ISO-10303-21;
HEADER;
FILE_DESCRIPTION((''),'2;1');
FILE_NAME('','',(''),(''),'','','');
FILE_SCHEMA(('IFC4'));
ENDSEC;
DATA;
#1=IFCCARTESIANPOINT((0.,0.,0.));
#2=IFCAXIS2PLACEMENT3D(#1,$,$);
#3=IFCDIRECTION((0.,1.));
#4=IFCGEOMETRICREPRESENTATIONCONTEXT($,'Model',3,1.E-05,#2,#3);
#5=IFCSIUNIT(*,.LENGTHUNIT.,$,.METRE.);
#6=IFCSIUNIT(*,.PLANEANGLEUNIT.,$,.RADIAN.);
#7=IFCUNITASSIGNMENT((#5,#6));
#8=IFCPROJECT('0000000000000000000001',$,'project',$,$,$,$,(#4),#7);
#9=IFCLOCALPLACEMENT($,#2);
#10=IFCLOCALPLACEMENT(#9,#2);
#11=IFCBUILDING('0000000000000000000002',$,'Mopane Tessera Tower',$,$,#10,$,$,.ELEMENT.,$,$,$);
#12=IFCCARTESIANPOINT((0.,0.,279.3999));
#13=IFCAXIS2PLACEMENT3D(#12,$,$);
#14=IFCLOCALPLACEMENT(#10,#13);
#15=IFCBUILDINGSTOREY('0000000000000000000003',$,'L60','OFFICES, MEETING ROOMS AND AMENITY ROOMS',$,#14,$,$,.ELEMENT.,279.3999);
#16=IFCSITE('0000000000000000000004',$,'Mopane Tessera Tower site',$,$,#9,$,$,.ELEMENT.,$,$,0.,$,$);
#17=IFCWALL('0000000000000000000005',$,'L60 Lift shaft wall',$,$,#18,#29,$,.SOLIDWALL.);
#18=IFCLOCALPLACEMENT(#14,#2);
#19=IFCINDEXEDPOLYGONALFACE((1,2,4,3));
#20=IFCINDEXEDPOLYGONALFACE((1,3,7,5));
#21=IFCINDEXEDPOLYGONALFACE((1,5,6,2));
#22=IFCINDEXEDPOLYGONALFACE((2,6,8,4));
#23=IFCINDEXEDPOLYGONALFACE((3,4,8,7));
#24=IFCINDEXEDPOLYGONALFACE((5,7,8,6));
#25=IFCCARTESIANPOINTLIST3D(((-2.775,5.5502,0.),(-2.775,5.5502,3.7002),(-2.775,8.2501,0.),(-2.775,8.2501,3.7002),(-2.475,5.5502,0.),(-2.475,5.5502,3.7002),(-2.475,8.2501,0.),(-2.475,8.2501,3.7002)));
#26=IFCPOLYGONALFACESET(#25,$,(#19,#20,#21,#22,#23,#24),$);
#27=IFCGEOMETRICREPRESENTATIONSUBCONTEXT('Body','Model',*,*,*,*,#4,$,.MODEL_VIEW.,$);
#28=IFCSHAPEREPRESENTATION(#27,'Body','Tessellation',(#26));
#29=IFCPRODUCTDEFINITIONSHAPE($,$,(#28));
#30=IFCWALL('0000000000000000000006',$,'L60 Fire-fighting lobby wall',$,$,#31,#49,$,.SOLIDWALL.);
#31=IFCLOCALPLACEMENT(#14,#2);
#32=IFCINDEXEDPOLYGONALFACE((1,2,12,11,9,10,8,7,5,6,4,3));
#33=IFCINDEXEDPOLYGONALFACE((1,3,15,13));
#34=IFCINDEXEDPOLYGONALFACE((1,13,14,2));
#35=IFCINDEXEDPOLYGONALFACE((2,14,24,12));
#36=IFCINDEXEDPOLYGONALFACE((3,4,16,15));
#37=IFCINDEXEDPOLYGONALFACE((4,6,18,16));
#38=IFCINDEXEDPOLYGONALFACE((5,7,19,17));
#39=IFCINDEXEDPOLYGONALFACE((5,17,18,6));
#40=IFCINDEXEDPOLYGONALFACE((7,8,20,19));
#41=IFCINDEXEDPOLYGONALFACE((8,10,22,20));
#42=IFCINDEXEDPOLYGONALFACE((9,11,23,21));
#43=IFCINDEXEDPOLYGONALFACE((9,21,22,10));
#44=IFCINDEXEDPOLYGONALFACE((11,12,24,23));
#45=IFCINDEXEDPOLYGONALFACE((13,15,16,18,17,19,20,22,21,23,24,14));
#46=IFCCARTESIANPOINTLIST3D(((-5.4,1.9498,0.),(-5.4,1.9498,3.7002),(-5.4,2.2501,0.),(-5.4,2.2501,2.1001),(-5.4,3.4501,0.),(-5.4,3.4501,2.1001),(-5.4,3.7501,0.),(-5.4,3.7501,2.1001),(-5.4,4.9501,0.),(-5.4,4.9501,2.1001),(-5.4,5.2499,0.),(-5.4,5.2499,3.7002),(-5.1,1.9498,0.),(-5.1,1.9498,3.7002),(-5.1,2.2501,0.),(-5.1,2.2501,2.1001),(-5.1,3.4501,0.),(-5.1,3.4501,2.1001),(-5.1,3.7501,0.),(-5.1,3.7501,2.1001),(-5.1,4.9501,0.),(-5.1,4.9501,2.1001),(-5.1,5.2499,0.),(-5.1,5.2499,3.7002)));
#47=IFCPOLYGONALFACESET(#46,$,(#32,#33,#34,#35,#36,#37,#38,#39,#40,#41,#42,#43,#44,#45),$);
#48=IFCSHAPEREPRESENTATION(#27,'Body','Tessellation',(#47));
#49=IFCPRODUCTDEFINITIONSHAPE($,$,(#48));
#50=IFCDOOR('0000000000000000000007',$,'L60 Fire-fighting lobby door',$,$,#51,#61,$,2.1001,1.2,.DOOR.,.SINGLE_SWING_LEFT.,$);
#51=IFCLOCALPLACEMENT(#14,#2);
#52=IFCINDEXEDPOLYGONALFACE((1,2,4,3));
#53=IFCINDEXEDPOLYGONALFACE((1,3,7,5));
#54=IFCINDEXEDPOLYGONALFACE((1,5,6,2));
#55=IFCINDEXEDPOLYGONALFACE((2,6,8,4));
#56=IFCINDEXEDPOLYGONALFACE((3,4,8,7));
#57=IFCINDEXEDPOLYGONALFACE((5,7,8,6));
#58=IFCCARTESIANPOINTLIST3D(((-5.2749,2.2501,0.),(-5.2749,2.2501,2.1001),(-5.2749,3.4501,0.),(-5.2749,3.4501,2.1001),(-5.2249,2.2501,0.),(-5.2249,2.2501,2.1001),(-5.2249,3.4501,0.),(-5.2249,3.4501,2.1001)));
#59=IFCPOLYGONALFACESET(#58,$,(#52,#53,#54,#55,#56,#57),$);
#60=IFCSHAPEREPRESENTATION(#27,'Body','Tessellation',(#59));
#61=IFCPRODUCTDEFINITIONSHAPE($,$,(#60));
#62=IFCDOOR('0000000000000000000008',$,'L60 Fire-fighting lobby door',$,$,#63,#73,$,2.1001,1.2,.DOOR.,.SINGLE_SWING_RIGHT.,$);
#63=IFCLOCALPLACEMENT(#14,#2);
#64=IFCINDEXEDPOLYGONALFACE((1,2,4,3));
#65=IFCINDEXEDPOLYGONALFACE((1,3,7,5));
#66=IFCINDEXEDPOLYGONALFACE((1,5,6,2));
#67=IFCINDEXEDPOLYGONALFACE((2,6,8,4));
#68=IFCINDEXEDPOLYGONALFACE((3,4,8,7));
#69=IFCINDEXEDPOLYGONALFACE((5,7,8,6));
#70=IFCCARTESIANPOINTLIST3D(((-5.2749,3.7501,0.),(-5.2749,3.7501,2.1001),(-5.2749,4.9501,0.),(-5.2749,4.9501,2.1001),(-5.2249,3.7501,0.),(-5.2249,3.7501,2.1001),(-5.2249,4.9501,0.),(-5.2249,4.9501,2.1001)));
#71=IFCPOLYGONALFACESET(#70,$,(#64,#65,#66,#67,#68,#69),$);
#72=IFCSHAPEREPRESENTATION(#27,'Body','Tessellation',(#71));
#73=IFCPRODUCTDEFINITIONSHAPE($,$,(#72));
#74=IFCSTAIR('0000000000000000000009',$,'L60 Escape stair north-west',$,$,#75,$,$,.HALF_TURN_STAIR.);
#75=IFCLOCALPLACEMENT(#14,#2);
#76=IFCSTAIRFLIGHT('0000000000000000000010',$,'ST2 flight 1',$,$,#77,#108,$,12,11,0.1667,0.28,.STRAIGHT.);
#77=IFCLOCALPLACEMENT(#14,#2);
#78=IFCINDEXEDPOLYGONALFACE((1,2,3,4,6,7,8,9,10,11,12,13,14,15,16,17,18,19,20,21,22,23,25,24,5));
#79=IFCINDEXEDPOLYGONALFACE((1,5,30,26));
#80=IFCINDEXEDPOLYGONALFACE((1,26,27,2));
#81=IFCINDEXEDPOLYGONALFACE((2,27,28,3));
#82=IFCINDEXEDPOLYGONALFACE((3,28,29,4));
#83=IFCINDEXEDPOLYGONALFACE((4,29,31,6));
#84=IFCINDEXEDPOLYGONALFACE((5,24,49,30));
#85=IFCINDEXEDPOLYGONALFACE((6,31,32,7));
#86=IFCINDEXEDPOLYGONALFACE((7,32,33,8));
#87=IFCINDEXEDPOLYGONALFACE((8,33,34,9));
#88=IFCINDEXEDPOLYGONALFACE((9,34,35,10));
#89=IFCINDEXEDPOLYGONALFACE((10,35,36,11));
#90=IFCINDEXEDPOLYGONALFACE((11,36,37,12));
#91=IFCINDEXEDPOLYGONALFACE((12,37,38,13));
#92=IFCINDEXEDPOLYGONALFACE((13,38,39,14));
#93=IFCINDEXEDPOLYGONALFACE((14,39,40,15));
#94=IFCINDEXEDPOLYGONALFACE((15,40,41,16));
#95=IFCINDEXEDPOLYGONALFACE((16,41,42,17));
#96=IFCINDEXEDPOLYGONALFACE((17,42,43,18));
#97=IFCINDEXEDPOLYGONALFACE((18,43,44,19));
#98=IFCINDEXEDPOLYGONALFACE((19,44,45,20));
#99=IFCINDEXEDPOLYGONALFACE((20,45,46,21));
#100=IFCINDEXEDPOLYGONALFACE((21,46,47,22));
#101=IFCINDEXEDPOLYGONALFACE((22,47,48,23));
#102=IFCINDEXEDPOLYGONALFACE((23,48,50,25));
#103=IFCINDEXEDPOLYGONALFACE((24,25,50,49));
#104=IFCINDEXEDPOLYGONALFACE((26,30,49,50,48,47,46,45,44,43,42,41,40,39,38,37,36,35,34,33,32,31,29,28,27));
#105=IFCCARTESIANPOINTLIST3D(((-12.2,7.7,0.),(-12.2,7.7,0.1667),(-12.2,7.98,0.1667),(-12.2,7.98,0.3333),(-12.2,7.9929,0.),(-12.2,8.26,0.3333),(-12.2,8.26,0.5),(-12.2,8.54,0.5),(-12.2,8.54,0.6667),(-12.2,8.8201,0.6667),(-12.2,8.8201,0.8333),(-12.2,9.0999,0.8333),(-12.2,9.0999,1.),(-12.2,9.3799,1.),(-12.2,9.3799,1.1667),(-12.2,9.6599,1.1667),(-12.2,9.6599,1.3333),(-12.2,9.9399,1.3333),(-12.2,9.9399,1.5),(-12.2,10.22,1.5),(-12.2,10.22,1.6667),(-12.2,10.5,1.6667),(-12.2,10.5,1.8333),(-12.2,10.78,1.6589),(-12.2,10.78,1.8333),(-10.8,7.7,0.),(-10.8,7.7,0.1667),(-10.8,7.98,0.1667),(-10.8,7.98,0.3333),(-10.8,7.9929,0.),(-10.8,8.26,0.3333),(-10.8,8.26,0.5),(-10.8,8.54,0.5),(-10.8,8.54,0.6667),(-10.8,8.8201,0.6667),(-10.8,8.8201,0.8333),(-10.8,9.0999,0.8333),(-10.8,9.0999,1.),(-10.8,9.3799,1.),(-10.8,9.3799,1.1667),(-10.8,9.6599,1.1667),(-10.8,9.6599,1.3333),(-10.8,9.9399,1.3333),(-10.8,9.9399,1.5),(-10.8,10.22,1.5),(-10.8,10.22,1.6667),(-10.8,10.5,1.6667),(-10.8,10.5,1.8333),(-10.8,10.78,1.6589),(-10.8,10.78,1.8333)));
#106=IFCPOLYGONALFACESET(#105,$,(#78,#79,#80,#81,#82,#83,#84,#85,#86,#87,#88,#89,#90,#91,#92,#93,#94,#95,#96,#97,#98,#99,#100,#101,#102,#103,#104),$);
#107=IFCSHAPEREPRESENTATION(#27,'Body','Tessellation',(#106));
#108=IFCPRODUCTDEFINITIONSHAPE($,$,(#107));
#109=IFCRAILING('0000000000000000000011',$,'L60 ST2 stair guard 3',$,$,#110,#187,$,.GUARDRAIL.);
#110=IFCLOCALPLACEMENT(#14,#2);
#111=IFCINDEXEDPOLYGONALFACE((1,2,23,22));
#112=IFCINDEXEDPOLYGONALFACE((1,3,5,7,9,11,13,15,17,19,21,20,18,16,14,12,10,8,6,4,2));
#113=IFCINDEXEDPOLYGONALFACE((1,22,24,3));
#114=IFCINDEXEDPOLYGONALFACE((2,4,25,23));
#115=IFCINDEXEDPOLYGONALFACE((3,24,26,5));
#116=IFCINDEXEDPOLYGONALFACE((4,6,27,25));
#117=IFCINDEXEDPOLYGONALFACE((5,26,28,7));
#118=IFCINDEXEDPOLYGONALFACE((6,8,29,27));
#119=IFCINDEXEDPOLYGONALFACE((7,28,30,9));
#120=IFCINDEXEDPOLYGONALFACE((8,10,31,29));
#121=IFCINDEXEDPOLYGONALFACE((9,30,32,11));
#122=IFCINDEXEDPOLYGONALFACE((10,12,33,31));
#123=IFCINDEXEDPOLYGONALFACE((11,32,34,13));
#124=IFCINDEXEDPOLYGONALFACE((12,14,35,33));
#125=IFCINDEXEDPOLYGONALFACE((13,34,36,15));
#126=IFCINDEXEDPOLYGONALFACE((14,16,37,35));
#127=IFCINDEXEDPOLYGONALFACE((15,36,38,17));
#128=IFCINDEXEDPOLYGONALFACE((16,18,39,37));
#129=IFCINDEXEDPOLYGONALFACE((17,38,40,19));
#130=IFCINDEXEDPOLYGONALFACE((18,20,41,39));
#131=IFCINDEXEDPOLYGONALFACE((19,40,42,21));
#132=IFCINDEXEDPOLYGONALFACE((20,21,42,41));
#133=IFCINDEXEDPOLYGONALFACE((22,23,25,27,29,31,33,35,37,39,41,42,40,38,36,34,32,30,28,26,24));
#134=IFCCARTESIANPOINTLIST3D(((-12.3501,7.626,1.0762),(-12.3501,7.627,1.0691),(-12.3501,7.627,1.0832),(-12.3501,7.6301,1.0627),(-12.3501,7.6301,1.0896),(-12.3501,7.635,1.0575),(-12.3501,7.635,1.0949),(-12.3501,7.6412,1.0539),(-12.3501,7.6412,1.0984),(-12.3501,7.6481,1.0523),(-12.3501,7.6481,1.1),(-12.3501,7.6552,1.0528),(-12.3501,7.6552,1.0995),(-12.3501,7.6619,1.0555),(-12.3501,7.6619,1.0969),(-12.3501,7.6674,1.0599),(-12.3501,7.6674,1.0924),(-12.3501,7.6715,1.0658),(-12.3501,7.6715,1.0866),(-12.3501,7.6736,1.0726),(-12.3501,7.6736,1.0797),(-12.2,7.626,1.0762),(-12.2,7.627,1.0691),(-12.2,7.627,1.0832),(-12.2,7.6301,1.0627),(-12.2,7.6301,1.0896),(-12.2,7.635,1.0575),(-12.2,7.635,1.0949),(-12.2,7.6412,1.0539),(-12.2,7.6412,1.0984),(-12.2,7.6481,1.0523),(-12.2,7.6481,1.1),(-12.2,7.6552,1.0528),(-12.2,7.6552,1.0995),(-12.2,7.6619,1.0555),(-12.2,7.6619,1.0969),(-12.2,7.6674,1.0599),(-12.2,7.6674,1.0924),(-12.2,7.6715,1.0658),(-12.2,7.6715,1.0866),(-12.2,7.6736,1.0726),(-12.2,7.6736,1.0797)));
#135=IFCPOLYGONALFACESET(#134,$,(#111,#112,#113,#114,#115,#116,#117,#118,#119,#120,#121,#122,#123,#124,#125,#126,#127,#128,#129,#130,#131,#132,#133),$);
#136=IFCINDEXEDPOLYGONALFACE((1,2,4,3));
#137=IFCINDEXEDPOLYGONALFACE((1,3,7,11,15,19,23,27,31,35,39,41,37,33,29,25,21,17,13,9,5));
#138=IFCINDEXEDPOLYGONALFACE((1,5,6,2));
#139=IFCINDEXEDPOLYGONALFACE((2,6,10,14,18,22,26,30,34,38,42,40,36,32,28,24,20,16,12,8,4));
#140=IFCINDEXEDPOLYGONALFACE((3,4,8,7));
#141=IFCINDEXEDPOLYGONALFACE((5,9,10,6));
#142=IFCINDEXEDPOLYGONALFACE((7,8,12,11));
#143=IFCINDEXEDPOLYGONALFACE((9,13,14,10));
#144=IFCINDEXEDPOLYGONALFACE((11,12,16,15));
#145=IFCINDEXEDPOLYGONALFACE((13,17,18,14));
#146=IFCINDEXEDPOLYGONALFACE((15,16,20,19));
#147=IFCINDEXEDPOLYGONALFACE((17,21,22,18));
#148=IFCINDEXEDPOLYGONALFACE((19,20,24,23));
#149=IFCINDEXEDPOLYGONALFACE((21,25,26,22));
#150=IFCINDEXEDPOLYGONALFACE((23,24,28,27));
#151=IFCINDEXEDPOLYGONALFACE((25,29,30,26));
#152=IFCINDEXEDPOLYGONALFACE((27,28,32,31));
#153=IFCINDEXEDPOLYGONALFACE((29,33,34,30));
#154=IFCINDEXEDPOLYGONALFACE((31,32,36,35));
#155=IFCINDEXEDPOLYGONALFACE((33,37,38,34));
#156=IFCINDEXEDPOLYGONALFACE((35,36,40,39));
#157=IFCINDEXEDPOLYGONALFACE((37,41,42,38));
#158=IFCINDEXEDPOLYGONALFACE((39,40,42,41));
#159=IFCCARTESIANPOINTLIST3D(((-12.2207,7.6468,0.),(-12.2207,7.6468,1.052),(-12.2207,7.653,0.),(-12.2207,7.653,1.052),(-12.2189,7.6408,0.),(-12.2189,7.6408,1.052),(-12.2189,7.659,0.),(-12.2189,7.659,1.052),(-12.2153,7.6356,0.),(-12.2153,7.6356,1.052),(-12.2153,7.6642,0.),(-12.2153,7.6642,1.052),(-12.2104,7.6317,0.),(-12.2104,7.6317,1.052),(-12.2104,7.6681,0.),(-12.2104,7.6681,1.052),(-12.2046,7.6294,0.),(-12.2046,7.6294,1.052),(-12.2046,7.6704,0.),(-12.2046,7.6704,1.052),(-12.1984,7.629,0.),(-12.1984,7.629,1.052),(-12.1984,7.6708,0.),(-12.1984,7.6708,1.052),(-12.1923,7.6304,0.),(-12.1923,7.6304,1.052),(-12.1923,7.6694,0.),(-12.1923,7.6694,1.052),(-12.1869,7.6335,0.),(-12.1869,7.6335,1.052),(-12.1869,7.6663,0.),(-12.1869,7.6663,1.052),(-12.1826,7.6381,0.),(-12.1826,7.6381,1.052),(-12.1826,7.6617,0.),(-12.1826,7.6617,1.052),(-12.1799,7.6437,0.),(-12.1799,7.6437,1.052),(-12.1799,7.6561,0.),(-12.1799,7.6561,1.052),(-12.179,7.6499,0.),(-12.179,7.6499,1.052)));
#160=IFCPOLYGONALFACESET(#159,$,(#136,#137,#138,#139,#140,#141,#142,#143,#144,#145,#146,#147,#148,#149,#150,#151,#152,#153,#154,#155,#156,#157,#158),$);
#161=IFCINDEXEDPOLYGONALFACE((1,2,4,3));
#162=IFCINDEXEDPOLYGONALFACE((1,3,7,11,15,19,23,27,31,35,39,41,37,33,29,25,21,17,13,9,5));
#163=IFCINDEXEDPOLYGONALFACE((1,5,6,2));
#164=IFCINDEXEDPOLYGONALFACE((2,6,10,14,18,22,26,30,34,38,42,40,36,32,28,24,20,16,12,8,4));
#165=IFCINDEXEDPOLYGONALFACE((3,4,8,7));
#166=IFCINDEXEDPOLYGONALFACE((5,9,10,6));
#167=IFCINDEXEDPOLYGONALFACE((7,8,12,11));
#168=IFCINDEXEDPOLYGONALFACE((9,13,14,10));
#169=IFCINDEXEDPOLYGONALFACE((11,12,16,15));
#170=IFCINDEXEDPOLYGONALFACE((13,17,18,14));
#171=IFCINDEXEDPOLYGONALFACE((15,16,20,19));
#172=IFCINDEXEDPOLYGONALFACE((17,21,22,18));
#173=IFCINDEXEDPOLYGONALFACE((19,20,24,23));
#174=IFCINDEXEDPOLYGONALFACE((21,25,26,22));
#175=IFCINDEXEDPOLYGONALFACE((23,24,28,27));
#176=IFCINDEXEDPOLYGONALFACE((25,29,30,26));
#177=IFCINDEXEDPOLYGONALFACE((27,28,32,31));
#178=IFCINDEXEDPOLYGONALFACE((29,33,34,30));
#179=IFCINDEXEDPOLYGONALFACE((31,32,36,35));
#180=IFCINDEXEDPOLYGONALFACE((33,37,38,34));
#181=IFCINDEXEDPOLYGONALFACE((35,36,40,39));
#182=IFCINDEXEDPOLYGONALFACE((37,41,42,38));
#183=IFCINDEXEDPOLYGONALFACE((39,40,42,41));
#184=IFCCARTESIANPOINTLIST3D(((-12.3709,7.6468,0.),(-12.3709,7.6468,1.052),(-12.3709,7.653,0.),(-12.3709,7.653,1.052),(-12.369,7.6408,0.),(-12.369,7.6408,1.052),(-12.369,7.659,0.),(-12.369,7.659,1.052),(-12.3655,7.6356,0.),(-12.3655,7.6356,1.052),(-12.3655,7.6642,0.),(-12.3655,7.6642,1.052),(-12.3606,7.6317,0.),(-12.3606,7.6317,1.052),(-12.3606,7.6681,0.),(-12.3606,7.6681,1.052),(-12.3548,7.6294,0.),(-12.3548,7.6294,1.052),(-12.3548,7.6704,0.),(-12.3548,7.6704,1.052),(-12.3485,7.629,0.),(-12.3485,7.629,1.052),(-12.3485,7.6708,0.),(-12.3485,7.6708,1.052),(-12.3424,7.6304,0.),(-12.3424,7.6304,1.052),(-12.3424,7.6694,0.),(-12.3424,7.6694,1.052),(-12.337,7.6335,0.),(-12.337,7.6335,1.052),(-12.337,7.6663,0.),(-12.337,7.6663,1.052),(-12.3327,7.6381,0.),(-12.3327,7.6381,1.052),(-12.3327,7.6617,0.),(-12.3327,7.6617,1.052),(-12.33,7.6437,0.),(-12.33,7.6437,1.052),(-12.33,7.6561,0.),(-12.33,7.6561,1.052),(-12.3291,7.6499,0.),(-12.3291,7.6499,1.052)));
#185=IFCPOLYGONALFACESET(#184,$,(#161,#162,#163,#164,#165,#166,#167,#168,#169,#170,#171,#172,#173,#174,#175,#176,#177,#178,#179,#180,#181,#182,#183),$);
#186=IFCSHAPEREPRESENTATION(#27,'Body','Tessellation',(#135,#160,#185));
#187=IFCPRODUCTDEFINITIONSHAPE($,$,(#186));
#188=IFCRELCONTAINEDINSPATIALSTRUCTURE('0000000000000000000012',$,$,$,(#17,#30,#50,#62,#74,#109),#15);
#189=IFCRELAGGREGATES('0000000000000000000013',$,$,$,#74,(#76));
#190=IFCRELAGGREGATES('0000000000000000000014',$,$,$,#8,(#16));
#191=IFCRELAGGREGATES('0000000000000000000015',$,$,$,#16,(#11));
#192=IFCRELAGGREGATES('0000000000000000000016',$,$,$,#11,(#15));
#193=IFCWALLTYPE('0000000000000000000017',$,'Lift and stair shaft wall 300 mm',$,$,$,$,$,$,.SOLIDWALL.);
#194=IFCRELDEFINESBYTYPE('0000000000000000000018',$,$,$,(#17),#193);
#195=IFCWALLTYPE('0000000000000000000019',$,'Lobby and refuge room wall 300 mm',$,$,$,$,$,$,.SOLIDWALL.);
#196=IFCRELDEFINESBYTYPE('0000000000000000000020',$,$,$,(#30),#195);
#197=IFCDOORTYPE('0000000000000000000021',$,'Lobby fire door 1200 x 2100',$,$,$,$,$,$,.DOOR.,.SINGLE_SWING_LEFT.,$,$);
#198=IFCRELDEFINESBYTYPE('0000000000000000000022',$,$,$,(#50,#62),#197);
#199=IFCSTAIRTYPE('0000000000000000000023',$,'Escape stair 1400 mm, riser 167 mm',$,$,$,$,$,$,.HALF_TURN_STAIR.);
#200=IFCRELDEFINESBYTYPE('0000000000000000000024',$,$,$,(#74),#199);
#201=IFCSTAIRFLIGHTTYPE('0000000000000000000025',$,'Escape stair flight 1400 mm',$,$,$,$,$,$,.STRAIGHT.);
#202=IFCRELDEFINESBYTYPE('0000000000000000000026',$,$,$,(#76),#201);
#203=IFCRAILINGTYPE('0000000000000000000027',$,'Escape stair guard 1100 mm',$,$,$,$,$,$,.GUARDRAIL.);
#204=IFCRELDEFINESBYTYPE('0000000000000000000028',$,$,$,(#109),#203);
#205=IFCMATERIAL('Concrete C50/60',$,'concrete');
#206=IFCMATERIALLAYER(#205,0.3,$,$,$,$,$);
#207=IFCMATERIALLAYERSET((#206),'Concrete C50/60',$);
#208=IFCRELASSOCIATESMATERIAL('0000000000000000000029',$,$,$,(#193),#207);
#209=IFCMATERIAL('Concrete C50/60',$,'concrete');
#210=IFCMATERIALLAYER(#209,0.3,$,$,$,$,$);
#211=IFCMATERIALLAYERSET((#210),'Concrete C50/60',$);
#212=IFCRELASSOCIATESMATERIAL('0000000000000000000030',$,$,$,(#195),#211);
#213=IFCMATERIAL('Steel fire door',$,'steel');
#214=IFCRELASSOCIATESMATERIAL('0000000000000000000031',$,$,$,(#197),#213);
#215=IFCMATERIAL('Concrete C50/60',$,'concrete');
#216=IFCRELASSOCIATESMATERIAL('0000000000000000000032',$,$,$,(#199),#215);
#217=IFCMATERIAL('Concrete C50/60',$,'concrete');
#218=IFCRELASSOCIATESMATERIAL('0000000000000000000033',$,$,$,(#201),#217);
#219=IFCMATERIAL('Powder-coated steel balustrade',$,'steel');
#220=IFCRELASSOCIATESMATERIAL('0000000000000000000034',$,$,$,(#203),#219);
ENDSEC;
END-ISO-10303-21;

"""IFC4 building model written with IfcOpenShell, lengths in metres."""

from ifc_helpers import new_model, si_unit, direction, frame, frame_2d, origin, origin_2d, place, context, subcontext, project, spatial, polyline, rectangle, circle, outline, extrude, material, layer, layer_set, type_object, element, fill, aggregate, save


model = new_model("IFC4")

# Units and contexts
model_context = context("Model", 3, precision=1e-05, world=origin(), true_north=direction((0.0, 1.0)))
body_context = subcontext(model_context, "Body", "Model", "MODEL_VIEW")
ifc_project = project(units=[si_unit("LENGTHUNIT", "METRE"), si_unit("PLANEANGLEUNIT", "RADIAN")], contexts=[model_context])

# Site, building, storey
site_placement = place(None, origin())
site = spatial("IfcSite", under=ifc_project, at=site_placement, Name="Mopane Tessera Tower site", CompositionType="ELEMENT", RefElevation=0.0)
building_placement = place(site_placement, origin())
building = spatial("IfcBuilding", under=site, at=building_placement, Name="Mopane Tessera Tower", CompositionType="ELEMENT")
storey_placement = place(building_placement, frame((0.0, 0.0, 279.3999)))
storey = spatial("IfcBuildingStorey", under=building, at=storey_placement, Name="L60", Description="OFFICES, MEETING ROOMS AND AMENITY ROOMS", CompositionType="ELEMENT", Elevation=279.3999)

# Shared definitions
ifc_material_1 = material(Name="Concrete C50/60", Category="concrete")
ifc_layer_1 = layer(ifc_material_1, 0.3)
ifc_layer_set_1 = layer_set([ifc_layer_1], Name="Concrete C50/60")
wall_type_1 = type_object("IfcWallType", Name="Lift and stair shaft wall 300 mm", PredefinedType="SOLIDWALL", material=ifc_layer_set_1)

# Wall
for number, where, z_axis, x_axis, name in (
    (1, (-2.625, 5.55, 0.0), (0.0, 0.0, 1.0), (0.0, 1.0, 0.0), "L60 Lift shaft wall"),
):
    element("IfcWall", number, at=place(storey_placement, frame(where, z_axis=z_axis, x_axis=x_axis)), inside=storey, type_object=wall_type_1, Name=name, PredefinedType="SOLIDWALL", context=body_context, shape_type="SweptSolid", body=[
        extrude(rectangle(XDim=2.7, YDim=0.3, at=frame_2d((1.3501, 0.0))), origin(), (0.0, 0.0, 1.0), 3.7002),
    ])

# Wall, openings, doors
ifc_material_2 = material(Name="Concrete C50/60", Category="concrete")
ifc_layer_2 = layer(ifc_material_2, 0.3)
ifc_layer_set_2 = layer_set([ifc_layer_2], Name="Concrete C50/60")
wall_type_2 = type_object("IfcWallType", Name="Lobby and refuge room wall 300 mm", PredefinedType="SOLIDWALL", material=ifc_layer_set_2)
wall_1_placement = place(storey_placement, frame((-5.25, 1.95, 0.0), z_axis=(0.0, 0.0, 1.0), x_axis=(0.0, 1.0, 0.0)))
wall_1 = element("IfcWall", 2, at=wall_1_placement, inside=storey, type_object=wall_type_2, Name="L60 Fire-fighting lobby wall", PredefinedType="SOLIDWALL", context=body_context, shape_type="SweptSolid", body=[
    extrude(rectangle(XDim=3.3, YDim=0.3, at=frame_2d((1.6499, 0.0))), origin(), (0.0, 0.0, 1.0), 3.7002),
])
opening_1_placement = place(wall_1_placement, frame((0.3, 0.0, 0.0)))
opening_1 = element("IfcOpeningElement", 3, at=opening_1_placement, cuts=wall_1, PredefinedType="OPENING", context=body_context, shape_type="SweptSolid", body=[
    extrude(rectangle(XDim=1.2, YDim=2.1001, at=frame_2d((0.6001, 1.05))), frame((0.0, 0.1621, 0.0), z_axis=(0.0, -1.0, 0.0), x_axis=(1.0, 0.0, 0.0)), (0.0, 0.0, 1.0), 0.324),
])
opening_2_placement = place(wall_1_placement, frame((1.8, 0.0, 0.0)))
opening_2 = element("IfcOpeningElement", 4, at=opening_2_placement, cuts=wall_1, PredefinedType="OPENING", context=body_context, shape_type="SweptSolid", body=[
    extrude(rectangle(XDim=1.2, YDim=2.1001, at=frame_2d((0.6001, 1.05))), frame((0.0, 0.1621, 0.0), z_axis=(0.0, -1.0, 0.0), x_axis=(1.0, 0.0, 0.0)), (0.0, 0.0, 1.0), 0.324),
])
ifc_material_3 = material(Name="Steel fire door", Category="steel")
door_type_1 = type_object("IfcDoorType", Name="Lobby fire door 1200 x 2100", OperationType="SINGLE_SWING_LEFT", PredefinedType="DOOR", material=ifc_material_3)
door_1_placement = place(opening_1_placement, origin())
door_1 = element("IfcDoor", 5, at=door_1_placement, inside=storey, type_object=door_type_1, Name="L60 Fire-fighting lobby door", OperationType="SINGLE_SWING_LEFT", OverallHeight=2.1001, OverallWidth=1.2, PredefinedType="DOOR", context=body_context, shape_type="SweptSolid", body=[
    extrude(rectangle(XDim=1.2, YDim=2.1001, at=frame_2d((0.6001, 1.05))), frame((0.0, 0.0249, 0.0), z_axis=(0.0, -1.0, 0.0), x_axis=(1.0, 0.0, 0.0)), (0.0, 0.0, 1.0), 0.05),
])
fill(opening_1, door_1)
door_2_placement = place(opening_2_placement, origin())
door_2 = element("IfcDoor", 6, at=door_2_placement, inside=storey, type_object=door_type_1, Name="L60 Fire-fighting lobby door", OperationType="SINGLE_SWING_RIGHT", OverallHeight=2.1001, OverallWidth=1.2, PredefinedType="DOOR", context=body_context, shape_type="SweptSolid", body=[
    extrude(rectangle(XDim=1.2, YDim=2.1001, at=frame_2d((0.6001, 1.05))), frame((0.0, 0.0249, 0.0), z_axis=(0.0, -1.0, 0.0), x_axis=(1.0, 0.0, 0.0)), (0.0, 0.0, 1.0), 0.05),
])
fill(opening_2, door_2)

# Stair, stair flight
ifc_material_4 = material(Name="Concrete C50/60", Category="concrete")
stair_type = type_object("IfcStairType", Name="Escape stair 1400 mm, riser 167 mm", PredefinedType="HALF_TURN_STAIR", material=ifc_material_4)
stair_placement = place(storey_placement, origin())
stair = element("IfcStair", 7, at=stair_placement, inside=storey, type_object=stair_type, Name="L60 Escape stair north-west", PredefinedType="HALF_TURN_STAIR")
ifc_material_5 = material(Name="Concrete C50/60", Category="concrete")
stair_flight_type = type_object("IfcStairFlightType", Name="Escape stair flight 1400 mm", PredefinedType="STRAIGHT", material=ifc_material_5)
stair_flight_placement = place(storey_placement, frame((-11.5, 7.7, 0.0), z_axis=(0.0, 0.0, 1.0), x_axis=(0.0, 1.0, 0.0)))
stair_flight = element("IfcStairFlight", 8, at=stair_flight_placement, type_object=stair_flight_type, Name="ST2 flight 1", NumberOfRisers=12, NumberOfTreads=11, PredefinedType="STRAIGHT", RiserHeight=0.1667, TreadLength=0.28, context=body_context, shape_type="SweptSolid", body=[
    extrude(outline(polyline([(0.0, 0.0), (0.0, 0.1667), (0.28, 0.1667), (0.28, 0.3333), (0.5601, 0.3333), (0.5601, 0.5), (0.8401, 0.5), (0.8401, 0.6667), (1.1201, 0.6667), (1.1201, 0.8333), (1.3999, 0.8333), (1.3999, 1.0), (1.6799, 1.0), (1.6799, 1.1667), (1.96, 1.1667), (1.96, 1.3333), (2.24, 1.3333), (2.24, 1.5), (2.52, 1.5), (2.52, 1.6667), (2.8, 1.6667), (2.8, 1.8333), (3.0801, 1.8333), (3.0801, 2.0), (3.0801, 1.6589), (0.293, 0.0), (0.0, 0.0)])), frame((0.0, 0.7, 0.0), z_axis=(0.0, -1.0, 0.0), x_axis=(1.0, 0.0, 0.0)), (0.0, 0.0, 1.0), 1.3999),
])
aggregate(stair, [stair_flight])

# Railing
ifc_material_6 = material(Name="Powder-coated steel balustrade", Category="steel")
railing_type_1 = type_object("IfcRailingType", Name="Escape stair guard 1100 mm", PredefinedType="GUARDRAIL", material=ifc_material_6)
railing_1_placement = place(storey_placement, frame((-12.2, 7.6499, 0.0)))
element("IfcRailing", 9, at=railing_1_placement, inside=storey, type_object=railing_type_1, Name="L60 ST2 stair guard 3", PredefinedType="GUARDRAIL", context=body_context, shape_type="SweptSolid", body=[
    extrude(circle(Radius=0.0239, at=origin_2d()), frame((0.0, 0.0, 1.0762), z_axis=(-1.0, 0.0, 0.0), x_axis=(0.0, -1.0, 0.0)), (0.0, 0.0, 1.0), 0.1501),
    extrude(circle(Radius=0.021, at=origin_2d()), origin(), (0.0, 0.0, 1.0), 1.052),
    extrude(circle(Radius=0.021, at=origin_2d()), frame((-0.1501, 0.0, 0.0)), (0.0, 0.0, 1.0), 1.052),
])

save(model, "model.ifc")
